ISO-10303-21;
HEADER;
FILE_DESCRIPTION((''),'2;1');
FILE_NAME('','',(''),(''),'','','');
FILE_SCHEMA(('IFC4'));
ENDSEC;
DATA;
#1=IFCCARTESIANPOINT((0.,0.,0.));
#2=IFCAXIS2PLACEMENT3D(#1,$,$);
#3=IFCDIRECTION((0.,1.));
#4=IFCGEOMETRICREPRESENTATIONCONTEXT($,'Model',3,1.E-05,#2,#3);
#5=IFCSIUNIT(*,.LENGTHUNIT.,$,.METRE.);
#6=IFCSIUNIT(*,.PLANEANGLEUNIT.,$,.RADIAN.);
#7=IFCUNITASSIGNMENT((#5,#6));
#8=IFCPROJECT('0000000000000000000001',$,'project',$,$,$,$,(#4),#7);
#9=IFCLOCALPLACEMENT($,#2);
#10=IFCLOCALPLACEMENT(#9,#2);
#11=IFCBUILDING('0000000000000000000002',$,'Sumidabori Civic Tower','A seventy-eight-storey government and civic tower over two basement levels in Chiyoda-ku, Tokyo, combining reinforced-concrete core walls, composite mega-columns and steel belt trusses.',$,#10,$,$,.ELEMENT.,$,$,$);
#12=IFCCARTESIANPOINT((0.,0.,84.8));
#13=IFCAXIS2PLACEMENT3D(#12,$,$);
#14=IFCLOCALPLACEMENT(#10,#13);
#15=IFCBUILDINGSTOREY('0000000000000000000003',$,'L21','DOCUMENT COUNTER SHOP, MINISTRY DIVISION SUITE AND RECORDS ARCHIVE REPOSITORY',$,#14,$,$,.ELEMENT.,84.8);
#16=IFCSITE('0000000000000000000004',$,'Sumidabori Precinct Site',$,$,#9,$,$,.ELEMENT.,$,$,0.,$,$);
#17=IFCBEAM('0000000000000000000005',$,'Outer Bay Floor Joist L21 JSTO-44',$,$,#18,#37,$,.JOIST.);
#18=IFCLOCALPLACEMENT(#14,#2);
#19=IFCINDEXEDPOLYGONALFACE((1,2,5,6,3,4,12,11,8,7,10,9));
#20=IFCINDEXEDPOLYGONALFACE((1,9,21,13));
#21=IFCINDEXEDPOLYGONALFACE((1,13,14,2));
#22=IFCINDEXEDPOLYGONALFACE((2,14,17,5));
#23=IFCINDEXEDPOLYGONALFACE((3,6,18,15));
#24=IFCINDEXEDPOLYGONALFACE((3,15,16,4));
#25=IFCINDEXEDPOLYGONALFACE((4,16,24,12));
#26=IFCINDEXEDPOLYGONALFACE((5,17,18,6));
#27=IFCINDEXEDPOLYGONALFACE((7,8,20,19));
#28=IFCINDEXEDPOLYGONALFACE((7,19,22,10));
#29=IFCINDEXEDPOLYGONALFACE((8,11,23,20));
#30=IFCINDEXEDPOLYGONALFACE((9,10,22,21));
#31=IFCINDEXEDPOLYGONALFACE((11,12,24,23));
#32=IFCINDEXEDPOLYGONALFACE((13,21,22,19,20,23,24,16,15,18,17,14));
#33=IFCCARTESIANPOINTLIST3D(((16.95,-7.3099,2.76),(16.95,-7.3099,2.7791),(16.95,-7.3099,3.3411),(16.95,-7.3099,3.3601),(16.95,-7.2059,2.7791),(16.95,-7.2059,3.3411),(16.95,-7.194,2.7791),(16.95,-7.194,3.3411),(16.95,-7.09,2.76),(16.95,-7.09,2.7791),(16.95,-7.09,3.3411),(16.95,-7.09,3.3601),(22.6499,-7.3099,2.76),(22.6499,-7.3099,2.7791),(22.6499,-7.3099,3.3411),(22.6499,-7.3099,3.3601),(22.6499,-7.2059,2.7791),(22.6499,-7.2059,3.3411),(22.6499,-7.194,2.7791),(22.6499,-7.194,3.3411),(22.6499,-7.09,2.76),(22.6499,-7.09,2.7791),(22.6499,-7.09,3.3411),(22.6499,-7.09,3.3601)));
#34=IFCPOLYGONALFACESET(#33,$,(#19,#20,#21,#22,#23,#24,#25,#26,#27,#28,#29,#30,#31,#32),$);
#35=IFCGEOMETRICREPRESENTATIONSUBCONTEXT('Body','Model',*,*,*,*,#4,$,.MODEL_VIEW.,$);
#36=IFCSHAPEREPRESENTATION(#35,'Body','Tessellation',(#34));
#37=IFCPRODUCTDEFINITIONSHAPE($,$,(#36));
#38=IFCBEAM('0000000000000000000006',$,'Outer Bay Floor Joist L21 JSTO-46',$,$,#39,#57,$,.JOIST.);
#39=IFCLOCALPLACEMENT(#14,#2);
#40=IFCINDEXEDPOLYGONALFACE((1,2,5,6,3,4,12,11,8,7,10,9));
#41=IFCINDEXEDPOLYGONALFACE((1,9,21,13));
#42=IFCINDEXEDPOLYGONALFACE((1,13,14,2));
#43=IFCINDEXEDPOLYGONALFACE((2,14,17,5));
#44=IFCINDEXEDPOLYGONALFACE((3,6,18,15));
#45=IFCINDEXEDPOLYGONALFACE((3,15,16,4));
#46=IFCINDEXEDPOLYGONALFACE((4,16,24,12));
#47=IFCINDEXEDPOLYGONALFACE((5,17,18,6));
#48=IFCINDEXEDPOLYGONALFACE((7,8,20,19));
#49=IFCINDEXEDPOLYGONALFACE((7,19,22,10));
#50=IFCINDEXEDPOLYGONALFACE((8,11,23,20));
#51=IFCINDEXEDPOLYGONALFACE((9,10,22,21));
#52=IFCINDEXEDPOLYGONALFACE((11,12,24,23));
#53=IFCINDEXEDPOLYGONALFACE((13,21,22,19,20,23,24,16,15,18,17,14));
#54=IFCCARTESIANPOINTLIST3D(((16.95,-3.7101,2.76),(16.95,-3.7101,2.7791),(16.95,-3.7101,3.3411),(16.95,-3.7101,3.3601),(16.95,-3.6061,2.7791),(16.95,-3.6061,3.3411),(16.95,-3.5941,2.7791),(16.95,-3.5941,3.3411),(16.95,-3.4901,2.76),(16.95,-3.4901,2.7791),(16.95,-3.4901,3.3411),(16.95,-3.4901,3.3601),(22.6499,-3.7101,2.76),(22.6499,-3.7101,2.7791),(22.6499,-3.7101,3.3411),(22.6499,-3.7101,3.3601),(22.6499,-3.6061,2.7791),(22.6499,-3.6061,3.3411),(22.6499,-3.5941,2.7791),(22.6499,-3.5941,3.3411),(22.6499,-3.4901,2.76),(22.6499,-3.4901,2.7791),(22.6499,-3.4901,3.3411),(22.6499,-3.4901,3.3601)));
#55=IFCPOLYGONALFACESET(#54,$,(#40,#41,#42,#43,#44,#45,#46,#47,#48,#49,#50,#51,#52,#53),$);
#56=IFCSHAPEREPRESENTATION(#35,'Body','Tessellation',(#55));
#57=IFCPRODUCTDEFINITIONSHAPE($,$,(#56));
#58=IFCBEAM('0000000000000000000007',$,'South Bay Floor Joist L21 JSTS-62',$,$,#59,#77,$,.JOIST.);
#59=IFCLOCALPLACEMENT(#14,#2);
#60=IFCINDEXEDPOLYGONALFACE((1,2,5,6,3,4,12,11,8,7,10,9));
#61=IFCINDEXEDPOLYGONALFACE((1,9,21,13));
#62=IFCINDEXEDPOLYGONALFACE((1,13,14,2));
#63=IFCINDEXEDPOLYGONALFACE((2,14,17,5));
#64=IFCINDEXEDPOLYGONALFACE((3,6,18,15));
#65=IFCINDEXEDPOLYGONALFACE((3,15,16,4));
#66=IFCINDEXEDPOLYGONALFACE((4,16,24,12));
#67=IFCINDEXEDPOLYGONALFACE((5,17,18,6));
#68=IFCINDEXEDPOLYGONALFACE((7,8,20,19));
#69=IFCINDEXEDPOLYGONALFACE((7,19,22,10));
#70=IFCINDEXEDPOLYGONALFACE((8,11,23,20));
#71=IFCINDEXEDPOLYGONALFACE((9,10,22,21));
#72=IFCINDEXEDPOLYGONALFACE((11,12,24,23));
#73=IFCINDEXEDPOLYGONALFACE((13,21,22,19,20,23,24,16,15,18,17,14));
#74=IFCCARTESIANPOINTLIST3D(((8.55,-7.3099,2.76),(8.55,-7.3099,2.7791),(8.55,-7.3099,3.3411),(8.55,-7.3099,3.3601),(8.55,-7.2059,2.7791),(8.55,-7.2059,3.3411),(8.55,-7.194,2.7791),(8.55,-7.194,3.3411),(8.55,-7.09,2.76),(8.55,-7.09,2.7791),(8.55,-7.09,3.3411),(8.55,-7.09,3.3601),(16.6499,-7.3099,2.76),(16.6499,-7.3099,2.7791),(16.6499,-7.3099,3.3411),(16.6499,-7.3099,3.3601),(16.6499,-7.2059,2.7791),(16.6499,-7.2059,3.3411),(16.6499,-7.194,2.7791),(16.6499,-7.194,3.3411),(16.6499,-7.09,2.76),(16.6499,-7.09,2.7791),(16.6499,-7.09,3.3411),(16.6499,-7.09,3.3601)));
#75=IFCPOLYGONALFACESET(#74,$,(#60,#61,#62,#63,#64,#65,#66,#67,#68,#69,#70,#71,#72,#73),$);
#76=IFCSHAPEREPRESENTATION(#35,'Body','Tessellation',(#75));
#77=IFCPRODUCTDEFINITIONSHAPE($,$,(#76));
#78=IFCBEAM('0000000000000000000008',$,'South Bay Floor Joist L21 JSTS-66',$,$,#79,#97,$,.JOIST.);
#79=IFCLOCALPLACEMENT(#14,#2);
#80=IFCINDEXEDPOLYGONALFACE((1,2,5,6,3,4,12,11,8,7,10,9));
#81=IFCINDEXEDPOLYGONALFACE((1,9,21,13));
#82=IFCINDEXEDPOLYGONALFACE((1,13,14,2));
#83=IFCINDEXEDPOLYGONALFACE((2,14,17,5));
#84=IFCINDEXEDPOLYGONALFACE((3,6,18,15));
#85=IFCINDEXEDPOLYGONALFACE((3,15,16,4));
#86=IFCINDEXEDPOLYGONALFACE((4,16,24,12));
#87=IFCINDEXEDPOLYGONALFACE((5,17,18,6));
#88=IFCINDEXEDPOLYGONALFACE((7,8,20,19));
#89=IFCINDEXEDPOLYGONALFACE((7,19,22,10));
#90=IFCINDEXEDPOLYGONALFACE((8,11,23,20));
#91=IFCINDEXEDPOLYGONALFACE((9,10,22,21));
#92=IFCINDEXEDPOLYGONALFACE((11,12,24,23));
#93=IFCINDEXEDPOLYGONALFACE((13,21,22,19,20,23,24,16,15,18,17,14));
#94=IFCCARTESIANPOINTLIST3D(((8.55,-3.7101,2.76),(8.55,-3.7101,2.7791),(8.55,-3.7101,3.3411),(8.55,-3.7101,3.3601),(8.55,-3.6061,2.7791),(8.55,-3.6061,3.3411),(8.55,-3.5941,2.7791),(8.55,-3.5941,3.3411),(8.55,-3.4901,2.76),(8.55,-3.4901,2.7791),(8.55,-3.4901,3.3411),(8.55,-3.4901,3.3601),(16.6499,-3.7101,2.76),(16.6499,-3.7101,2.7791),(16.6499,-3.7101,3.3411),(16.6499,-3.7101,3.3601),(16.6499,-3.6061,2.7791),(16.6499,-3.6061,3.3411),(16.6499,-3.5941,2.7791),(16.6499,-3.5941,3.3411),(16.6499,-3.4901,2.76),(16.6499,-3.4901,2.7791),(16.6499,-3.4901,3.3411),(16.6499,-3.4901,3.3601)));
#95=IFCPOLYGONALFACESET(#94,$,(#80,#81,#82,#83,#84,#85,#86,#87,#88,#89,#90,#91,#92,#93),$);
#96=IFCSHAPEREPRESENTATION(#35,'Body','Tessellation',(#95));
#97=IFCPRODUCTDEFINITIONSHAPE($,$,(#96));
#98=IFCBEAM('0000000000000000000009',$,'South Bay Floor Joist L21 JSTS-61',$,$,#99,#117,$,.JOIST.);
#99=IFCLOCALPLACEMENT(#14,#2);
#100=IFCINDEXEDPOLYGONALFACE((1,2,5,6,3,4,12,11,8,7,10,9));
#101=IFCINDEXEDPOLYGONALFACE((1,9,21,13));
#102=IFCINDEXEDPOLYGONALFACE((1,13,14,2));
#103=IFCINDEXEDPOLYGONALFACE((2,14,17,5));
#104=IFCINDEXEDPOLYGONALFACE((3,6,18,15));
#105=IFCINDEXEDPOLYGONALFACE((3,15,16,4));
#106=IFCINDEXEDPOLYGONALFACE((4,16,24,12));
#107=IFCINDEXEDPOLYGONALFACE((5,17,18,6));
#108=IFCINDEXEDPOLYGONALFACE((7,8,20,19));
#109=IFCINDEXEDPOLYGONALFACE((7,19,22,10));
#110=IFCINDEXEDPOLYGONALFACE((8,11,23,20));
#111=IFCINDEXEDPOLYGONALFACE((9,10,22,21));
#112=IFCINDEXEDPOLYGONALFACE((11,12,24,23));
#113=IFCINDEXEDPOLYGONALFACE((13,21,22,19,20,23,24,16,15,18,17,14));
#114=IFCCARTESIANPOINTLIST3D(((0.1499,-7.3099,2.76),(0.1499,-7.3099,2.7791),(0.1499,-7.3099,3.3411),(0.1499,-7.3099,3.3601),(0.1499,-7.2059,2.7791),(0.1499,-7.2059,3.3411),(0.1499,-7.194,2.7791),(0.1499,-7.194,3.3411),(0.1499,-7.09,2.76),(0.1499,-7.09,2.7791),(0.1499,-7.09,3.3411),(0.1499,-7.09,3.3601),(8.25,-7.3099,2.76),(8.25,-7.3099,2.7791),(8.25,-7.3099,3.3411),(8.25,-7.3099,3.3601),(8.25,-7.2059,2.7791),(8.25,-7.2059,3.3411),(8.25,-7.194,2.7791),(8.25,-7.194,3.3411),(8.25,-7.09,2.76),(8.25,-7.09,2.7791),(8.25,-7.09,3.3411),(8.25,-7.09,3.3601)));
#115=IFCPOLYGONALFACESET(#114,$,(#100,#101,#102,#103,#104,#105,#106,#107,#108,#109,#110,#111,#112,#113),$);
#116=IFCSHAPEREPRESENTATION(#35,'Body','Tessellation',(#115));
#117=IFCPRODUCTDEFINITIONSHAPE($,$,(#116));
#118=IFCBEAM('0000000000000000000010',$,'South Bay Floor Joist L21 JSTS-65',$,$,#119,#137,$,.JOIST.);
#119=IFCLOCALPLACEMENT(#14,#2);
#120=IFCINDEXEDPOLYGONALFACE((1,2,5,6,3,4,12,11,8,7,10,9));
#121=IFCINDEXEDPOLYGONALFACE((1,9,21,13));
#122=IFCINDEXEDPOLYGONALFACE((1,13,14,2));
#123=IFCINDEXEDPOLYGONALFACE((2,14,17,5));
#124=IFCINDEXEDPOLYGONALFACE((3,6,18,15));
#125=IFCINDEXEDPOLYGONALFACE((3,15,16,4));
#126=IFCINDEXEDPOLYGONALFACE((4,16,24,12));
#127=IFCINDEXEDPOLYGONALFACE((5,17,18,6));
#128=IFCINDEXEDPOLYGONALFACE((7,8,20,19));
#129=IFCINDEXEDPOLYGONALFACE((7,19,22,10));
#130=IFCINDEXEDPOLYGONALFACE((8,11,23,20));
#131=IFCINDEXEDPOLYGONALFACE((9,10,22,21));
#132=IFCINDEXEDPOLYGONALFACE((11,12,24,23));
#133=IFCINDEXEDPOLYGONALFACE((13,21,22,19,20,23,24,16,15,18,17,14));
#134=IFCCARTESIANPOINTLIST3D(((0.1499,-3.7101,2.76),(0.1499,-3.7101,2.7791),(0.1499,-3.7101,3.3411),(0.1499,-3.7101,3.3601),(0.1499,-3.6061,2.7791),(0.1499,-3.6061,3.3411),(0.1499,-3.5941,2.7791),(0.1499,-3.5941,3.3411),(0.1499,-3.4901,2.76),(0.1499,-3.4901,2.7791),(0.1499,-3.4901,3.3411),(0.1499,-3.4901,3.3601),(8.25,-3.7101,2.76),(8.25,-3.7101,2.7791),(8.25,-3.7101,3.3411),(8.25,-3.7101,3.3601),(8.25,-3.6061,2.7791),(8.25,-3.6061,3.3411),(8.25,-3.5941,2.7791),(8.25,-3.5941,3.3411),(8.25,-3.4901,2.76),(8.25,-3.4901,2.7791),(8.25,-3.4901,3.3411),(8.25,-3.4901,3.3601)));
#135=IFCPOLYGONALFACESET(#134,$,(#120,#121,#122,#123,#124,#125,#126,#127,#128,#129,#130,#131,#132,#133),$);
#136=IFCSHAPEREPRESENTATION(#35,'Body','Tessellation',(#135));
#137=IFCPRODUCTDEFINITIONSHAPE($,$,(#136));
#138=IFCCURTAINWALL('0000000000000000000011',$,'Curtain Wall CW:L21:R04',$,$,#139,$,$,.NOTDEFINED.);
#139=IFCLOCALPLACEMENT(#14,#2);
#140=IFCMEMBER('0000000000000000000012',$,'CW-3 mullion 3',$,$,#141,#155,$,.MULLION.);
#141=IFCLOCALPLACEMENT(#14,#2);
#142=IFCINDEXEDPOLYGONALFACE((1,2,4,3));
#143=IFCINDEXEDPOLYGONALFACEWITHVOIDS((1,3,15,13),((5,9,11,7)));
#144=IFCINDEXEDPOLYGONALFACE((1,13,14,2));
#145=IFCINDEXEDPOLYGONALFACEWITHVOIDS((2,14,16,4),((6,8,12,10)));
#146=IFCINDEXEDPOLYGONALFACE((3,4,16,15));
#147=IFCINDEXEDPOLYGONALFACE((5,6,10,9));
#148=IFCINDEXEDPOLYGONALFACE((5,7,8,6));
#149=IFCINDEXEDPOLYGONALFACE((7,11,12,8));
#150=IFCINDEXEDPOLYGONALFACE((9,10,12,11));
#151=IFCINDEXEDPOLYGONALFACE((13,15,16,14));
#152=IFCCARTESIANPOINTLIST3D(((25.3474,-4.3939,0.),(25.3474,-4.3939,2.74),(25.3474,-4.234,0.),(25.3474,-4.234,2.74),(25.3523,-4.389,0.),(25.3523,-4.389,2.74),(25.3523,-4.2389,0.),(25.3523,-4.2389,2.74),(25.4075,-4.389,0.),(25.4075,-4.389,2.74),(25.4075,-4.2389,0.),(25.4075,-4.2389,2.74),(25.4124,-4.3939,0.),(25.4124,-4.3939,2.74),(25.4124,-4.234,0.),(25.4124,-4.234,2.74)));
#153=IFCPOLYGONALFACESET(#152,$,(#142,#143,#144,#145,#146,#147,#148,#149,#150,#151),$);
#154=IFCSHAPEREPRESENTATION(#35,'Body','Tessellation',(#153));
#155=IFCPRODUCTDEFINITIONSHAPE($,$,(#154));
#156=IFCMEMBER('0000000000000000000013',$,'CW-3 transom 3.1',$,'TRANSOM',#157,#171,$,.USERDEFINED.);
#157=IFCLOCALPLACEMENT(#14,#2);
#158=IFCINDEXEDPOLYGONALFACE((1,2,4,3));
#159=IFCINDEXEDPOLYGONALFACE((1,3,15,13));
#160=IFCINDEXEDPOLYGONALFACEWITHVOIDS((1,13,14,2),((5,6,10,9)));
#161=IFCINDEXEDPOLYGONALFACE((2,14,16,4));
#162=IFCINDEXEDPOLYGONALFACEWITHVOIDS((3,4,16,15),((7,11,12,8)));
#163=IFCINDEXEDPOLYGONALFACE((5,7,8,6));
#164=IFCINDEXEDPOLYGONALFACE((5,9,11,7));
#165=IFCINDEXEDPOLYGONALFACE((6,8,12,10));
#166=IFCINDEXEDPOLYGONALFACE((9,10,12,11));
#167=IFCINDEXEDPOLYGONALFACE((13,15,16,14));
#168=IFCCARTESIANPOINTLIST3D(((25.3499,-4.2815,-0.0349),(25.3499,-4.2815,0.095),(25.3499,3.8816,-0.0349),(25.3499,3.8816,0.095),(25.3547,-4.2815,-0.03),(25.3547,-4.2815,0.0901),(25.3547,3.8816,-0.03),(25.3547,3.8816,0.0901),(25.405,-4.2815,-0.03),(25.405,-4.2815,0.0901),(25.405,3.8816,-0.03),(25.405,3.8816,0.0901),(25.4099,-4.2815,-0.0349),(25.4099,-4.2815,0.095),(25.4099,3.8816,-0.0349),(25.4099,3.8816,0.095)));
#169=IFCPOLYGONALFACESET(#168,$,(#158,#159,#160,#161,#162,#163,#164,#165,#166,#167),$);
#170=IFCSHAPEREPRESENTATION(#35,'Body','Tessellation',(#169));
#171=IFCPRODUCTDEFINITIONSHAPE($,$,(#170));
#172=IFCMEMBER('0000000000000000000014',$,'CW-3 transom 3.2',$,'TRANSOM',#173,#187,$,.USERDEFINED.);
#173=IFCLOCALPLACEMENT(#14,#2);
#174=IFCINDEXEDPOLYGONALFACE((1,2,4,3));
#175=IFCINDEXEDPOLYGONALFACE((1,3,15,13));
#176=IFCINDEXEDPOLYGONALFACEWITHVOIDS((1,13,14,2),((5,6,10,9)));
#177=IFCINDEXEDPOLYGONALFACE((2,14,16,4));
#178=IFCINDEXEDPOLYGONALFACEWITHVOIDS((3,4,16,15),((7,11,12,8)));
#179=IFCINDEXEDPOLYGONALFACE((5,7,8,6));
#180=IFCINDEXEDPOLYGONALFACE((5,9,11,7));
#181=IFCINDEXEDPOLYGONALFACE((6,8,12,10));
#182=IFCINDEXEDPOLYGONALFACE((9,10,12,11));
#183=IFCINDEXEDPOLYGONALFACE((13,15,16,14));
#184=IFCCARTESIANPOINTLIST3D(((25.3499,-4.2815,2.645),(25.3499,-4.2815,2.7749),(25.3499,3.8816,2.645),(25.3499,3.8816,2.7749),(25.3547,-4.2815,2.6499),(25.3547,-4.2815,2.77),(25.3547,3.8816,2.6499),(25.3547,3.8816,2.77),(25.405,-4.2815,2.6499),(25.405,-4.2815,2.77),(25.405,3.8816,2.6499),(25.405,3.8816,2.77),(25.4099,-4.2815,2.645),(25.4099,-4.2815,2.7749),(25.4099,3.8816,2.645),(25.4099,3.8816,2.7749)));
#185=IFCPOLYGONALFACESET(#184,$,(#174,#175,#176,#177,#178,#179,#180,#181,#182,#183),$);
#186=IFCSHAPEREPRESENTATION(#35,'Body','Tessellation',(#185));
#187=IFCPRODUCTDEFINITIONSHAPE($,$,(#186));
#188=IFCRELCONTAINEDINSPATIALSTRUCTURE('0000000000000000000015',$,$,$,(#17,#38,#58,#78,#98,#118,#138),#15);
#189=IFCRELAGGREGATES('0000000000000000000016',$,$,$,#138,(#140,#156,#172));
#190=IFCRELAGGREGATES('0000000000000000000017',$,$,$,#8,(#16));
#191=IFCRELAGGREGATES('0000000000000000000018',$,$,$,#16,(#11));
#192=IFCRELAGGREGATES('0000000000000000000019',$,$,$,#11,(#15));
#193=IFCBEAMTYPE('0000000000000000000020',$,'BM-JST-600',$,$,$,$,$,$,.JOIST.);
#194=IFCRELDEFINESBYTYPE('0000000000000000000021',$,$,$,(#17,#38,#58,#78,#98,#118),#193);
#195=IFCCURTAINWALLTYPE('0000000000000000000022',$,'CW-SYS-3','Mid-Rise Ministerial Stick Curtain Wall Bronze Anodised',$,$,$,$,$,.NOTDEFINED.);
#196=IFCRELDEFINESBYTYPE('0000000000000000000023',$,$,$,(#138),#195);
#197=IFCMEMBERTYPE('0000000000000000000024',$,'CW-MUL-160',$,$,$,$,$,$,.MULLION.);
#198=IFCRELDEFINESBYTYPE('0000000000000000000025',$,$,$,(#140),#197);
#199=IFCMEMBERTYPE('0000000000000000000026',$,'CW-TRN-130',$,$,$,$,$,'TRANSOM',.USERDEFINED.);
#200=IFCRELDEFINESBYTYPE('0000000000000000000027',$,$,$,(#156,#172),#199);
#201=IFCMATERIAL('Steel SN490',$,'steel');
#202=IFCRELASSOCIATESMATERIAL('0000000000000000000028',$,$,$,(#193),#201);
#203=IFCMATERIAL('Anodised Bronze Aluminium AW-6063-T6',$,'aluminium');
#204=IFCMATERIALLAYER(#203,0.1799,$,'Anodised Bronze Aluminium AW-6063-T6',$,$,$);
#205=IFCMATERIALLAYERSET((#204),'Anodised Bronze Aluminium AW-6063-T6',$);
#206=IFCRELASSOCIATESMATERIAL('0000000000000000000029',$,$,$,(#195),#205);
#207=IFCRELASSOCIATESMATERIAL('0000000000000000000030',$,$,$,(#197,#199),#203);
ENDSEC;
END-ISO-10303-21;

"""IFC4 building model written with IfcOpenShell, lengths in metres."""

from ifc_helpers import new_model, si_unit, direction, frame, origin, origin_2d, place, context, subcontext, project, spatial, hollow_rectangle, i_section, extrude, source, transform, mapped, material, layer, layer_set, material_profile, profile_set, type_object, element, aggregate, save


model = new_model("IFC4")

# Units and contexts
model_context = context("Model", 3, precision=1e-05, world=origin(), true_north=direction((0.0, 1.0)))
body_context = subcontext(model_context, "Body", "Model", "MODEL_VIEW")
ifc_project = project(units=[si_unit("LENGTHUNIT", "METRE"), si_unit("PLANEANGLEUNIT", "RADIAN")], contexts=[model_context])

# Site, building, storey
site_placement = place(None, origin())
site = spatial("IfcSite", under=ifc_project, at=site_placement, Name="Sumidabori Precinct Site", CompositionType="ELEMENT", RefElevation=0.0)
building_placement = place(site_placement, origin())
building = spatial("IfcBuilding", under=site, at=building_placement, Name="Sumidabori Civic Tower", Description="A seventy-eight-storey government and civic tower over two basement levels in Chiyoda-ku, Tokyo, combining reinforced-concrete core walls, composite mega-columns and steel belt trusses.", CompositionType="ELEMENT")
storey_placement = place(building_placement, frame((0.0, 0.0, 84.8)))
storey = spatial("IfcBuildingStorey", under=building, at=storey_placement, Name="L21", Description="DOCUMENT COUNTER SHOP, MINISTRY DIVISION SUITE AND RECORDS ARCHIVE REPOSITORY", CompositionType="ELEMENT", Elevation=84.8)

# Beams
ifc_material_1 = material(Name="Steel SN490", Category="steel")
ifc_material_profile_1 = material_profile(ifc_material_1, i_section(OverallWidth=0.22, OverallDepth=0.6001, WebThickness=0.012, FlangeThickness=0.019, at=origin_2d()), Name="IPE 600")
ifc_profile_set_1 = profile_set([ifc_material_profile_1], Name="Steel SN490")
beam_type_1 = type_object("IfcBeamType", Name="BM-JST-600", PredefinedType="JOIST", material=ifc_profile_set_1)
shared_shape_1 = source(origin(), body_context, "Body", "SweptSolid", [
    extrude(i_section(OverallWidth=0.22, OverallDepth=0.6001, WebThickness=0.012, FlangeThickness=0.019, at=origin_2d()), origin(), (0.0, 0.0, 1.0), 5.7),
])
for number, where, z_axis, x_axis, name in (
    (1, (16.95, -7.2, 3.0601), (1.0, 0.0, 0.0), (0.0, 1.0, 0.0), "Outer Bay Floor Joist L21 JSTO-44"),
    (2, (16.95, -3.6001, 3.0601), (1.0, 0.0, 0.0), (0.0, 1.0, 0.0), "Outer Bay Floor Joist L21 JSTO-46"),
):
    element("IfcBeam", number, at=place(storey_placement, frame(where, z_axis=z_axis, x_axis=x_axis)), inside=storey, type_object=beam_type_1, Name=name, PredefinedType="JOIST", context=body_context, shape_type="MappedRepresentation", body=[
        mapped(shared_shape_1, transform((0.0, 0.0, 0.0), x_axis=(1.0, 0.0, 0.0), y_axis=(0.0, 1.0, 0.0), z_axis=(0.0, 0.0, 1.0), scale=1.0)),
    ])
shared_shape_2 = source(origin(), body_context, "Body", "SweptSolid", [
    extrude(i_section(OverallWidth=0.22, OverallDepth=0.6001, WebThickness=0.012, FlangeThickness=0.019, at=origin_2d()), origin(), (0.0, 0.0, 1.0), 8.0999),
])
for number, where, z_axis, x_axis, name in (
    (3, (8.55, -7.2, 3.0601), (1.0, 0.0, 0.0), (0.0, 1.0, 0.0), "South Bay Floor Joist L21 JSTS-62"),
    (4, (8.55, -3.6001, 3.0601), (1.0, 0.0, 0.0), (0.0, 1.0, 0.0), "South Bay Floor Joist L21 JSTS-66"),
):
    element("IfcBeam", number, at=place(storey_placement, frame(where, z_axis=z_axis, x_axis=x_axis)), inside=storey, type_object=beam_type_1, Name=name, PredefinedType="JOIST", context=body_context, shape_type="MappedRepresentation", body=[
        mapped(shared_shape_2, transform((0.0, 0.0, 0.0), x_axis=(1.0, 0.0, 0.0), y_axis=(0.0, 1.0, 0.0), z_axis=(0.0, 0.0, 1.0), scale=1.0)),
    ])
shared_shape_3 = source(origin(), body_context, "Body", "SweptSolid", [
    extrude(i_section(OverallWidth=0.22, OverallDepth=0.6001, WebThickness=0.012, FlangeThickness=0.019, at=origin_2d()), origin(), (0.0, 0.0, 1.0), 8.1001),
])
for number, where, z_axis, x_axis, name in (
    (5, (0.1499, -7.2, 3.0601), (1.0, 0.0, 0.0), (0.0, 1.0, 0.0), "South Bay Floor Joist L21 JSTS-61"),
    (6, (0.1499, -3.6001, 3.0601), (1.0, 0.0, 0.0), (0.0, 1.0, 0.0), "South Bay Floor Joist L21 JSTS-65"),
):
    element("IfcBeam", number, at=place(storey_placement, frame(where, z_axis=z_axis, x_axis=x_axis)), inside=storey, type_object=beam_type_1, Name=name, PredefinedType="JOIST", context=body_context, shape_type="MappedRepresentation", body=[
        mapped(shared_shape_3, transform((0.0, 0.0, 0.0), x_axis=(1.0, 0.0, 0.0), y_axis=(0.0, 1.0, 0.0), z_axis=(0.0, 0.0, 1.0), scale=1.0)),
    ])

# Curtain wall, members
ifc_material_2 = material(Name="Anodised Bronze Aluminium AW-6063-T6", Category="aluminium")
ifc_layer_1 = layer(ifc_material_2, 0.1799, Name="Anodised Bronze Aluminium AW-6063-T6")
ifc_layer_set_1 = layer_set([ifc_layer_1], Name="Anodised Bronze Aluminium AW-6063-T6")
curtain_wall_type = type_object("IfcCurtainWallType", Name="CW-SYS-3", Description="Mid-Rise Ministerial Stick Curtain Wall Bronze Anodised", PredefinedType="NOTDEFINED", material=ifc_layer_set_1)
curtain_wall_placement = place(storey_placement, origin())
curtain_wall = element("IfcCurtainWall", 7, at=curtain_wall_placement, inside=storey, type_object=curtain_wall_type, Name="Curtain Wall CW:L21:R04", PredefinedType="NOTDEFINED")
ifc_material_profile_2 = material_profile(ifc_material_2, hollow_rectangle(XDim=0.0649, YDim=0.1599, WallThickness=0.0049, at=origin_2d()), Name="ALU MULLION 160x65")
ifc_profile_set_2 = profile_set([ifc_material_profile_2], Name="Anodised Bronze Aluminium AW-6063-T6")
member_type_1 = type_object("IfcMemberType", Name="CW-MUL-160", PredefinedType="MULLION", material=ifc_profile_set_2)
shared_shape_4 = source(origin(), body_context, "Body", "SweptSolid", [
    extrude(hollow_rectangle(XDim=0.0649, YDim=0.1599, WallThickness=0.0049, at=origin_2d()), origin(), (0.0, 0.0, 1.0), 2.74),
])
member_1_placement = place(storey_placement, frame((25.3799, -4.314, 0.0), z_axis=(0.0, 0.0, 1.0), x_axis=(-1.0, 0.0, 0.0)))
member_1 = element("IfcMember", 8, at=member_1_placement, type_object=member_type_1, Name="CW-3 mullion 3", PredefinedType="MULLION", context=body_context, shape_type="MappedRepresentation", body=[
    mapped(shared_shape_4, transform((0.0, 0.0, 0.0), x_axis=(1.0, 0.0, 0.0), y_axis=(0.0, 1.0, 0.0), z_axis=(0.0, 0.0, 1.0), scale=1.0)),
])
ifc_material_profile_3 = material_profile(ifc_material_2, hollow_rectangle(XDim=0.0601, YDim=0.1299, WallThickness=0.0049, at=origin_2d()), Name="ALU TRANSOM 130x60")
ifc_profile_set_3 = profile_set([ifc_material_profile_3], Name="Anodised Bronze Aluminium AW-6063-T6")
member_type_2 = type_object("IfcMemberType", Name="CW-TRN-130", ElementType="TRANSOM", PredefinedType="USERDEFINED", material=ifc_profile_set_3)
shared_shape_5 = source(origin(), body_context, "Body", "SweptSolid", [
    extrude(hollow_rectangle(XDim=0.0601, YDim=0.1299, WallThickness=0.0049, at=origin_2d()), origin(), (0.0, 0.0, 1.0), 8.1631),
])
member_2_placement = place(storey_placement, frame((25.3799, -4.2815, 0.03), z_axis=(0.0, 1.0, 0.0), x_axis=(-1.0, 0.0, 0.0)))
member_2 = element("IfcMember", 9, at=member_2_placement, type_object=member_type_2, Name="CW-3 transom 3.1", ObjectType="TRANSOM", PredefinedType="USERDEFINED", context=body_context, shape_type="MappedRepresentation", body=[
    mapped(shared_shape_5, transform((0.0, 0.0, 0.0), x_axis=(1.0, 0.0, 0.0), y_axis=(0.0, 1.0, 0.0), z_axis=(0.0, 0.0, 1.0), scale=1.0)),
])
member_3_placement = place(storey_placement, frame((25.3799, -4.2815, 2.71), z_axis=(0.0, 1.0, 0.0), x_axis=(-1.0, 0.0, 0.0)))
member_3 = element("IfcMember", 10, at=member_3_placement, type_object=member_type_2, Name="CW-3 transom 3.2", ObjectType="TRANSOM", PredefinedType="USERDEFINED", context=body_context, shape_type="MappedRepresentation", body=[
    mapped(shared_shape_5, transform((0.0, 0.0, 0.0), x_axis=(1.0, 0.0, 0.0), y_axis=(0.0, 1.0, 0.0), z_axis=(0.0, 0.0, 1.0), scale=1.0)),
])
aggregate(curtain_wall, [member_1, member_2, member_3])

save(model, "model.ifc")
